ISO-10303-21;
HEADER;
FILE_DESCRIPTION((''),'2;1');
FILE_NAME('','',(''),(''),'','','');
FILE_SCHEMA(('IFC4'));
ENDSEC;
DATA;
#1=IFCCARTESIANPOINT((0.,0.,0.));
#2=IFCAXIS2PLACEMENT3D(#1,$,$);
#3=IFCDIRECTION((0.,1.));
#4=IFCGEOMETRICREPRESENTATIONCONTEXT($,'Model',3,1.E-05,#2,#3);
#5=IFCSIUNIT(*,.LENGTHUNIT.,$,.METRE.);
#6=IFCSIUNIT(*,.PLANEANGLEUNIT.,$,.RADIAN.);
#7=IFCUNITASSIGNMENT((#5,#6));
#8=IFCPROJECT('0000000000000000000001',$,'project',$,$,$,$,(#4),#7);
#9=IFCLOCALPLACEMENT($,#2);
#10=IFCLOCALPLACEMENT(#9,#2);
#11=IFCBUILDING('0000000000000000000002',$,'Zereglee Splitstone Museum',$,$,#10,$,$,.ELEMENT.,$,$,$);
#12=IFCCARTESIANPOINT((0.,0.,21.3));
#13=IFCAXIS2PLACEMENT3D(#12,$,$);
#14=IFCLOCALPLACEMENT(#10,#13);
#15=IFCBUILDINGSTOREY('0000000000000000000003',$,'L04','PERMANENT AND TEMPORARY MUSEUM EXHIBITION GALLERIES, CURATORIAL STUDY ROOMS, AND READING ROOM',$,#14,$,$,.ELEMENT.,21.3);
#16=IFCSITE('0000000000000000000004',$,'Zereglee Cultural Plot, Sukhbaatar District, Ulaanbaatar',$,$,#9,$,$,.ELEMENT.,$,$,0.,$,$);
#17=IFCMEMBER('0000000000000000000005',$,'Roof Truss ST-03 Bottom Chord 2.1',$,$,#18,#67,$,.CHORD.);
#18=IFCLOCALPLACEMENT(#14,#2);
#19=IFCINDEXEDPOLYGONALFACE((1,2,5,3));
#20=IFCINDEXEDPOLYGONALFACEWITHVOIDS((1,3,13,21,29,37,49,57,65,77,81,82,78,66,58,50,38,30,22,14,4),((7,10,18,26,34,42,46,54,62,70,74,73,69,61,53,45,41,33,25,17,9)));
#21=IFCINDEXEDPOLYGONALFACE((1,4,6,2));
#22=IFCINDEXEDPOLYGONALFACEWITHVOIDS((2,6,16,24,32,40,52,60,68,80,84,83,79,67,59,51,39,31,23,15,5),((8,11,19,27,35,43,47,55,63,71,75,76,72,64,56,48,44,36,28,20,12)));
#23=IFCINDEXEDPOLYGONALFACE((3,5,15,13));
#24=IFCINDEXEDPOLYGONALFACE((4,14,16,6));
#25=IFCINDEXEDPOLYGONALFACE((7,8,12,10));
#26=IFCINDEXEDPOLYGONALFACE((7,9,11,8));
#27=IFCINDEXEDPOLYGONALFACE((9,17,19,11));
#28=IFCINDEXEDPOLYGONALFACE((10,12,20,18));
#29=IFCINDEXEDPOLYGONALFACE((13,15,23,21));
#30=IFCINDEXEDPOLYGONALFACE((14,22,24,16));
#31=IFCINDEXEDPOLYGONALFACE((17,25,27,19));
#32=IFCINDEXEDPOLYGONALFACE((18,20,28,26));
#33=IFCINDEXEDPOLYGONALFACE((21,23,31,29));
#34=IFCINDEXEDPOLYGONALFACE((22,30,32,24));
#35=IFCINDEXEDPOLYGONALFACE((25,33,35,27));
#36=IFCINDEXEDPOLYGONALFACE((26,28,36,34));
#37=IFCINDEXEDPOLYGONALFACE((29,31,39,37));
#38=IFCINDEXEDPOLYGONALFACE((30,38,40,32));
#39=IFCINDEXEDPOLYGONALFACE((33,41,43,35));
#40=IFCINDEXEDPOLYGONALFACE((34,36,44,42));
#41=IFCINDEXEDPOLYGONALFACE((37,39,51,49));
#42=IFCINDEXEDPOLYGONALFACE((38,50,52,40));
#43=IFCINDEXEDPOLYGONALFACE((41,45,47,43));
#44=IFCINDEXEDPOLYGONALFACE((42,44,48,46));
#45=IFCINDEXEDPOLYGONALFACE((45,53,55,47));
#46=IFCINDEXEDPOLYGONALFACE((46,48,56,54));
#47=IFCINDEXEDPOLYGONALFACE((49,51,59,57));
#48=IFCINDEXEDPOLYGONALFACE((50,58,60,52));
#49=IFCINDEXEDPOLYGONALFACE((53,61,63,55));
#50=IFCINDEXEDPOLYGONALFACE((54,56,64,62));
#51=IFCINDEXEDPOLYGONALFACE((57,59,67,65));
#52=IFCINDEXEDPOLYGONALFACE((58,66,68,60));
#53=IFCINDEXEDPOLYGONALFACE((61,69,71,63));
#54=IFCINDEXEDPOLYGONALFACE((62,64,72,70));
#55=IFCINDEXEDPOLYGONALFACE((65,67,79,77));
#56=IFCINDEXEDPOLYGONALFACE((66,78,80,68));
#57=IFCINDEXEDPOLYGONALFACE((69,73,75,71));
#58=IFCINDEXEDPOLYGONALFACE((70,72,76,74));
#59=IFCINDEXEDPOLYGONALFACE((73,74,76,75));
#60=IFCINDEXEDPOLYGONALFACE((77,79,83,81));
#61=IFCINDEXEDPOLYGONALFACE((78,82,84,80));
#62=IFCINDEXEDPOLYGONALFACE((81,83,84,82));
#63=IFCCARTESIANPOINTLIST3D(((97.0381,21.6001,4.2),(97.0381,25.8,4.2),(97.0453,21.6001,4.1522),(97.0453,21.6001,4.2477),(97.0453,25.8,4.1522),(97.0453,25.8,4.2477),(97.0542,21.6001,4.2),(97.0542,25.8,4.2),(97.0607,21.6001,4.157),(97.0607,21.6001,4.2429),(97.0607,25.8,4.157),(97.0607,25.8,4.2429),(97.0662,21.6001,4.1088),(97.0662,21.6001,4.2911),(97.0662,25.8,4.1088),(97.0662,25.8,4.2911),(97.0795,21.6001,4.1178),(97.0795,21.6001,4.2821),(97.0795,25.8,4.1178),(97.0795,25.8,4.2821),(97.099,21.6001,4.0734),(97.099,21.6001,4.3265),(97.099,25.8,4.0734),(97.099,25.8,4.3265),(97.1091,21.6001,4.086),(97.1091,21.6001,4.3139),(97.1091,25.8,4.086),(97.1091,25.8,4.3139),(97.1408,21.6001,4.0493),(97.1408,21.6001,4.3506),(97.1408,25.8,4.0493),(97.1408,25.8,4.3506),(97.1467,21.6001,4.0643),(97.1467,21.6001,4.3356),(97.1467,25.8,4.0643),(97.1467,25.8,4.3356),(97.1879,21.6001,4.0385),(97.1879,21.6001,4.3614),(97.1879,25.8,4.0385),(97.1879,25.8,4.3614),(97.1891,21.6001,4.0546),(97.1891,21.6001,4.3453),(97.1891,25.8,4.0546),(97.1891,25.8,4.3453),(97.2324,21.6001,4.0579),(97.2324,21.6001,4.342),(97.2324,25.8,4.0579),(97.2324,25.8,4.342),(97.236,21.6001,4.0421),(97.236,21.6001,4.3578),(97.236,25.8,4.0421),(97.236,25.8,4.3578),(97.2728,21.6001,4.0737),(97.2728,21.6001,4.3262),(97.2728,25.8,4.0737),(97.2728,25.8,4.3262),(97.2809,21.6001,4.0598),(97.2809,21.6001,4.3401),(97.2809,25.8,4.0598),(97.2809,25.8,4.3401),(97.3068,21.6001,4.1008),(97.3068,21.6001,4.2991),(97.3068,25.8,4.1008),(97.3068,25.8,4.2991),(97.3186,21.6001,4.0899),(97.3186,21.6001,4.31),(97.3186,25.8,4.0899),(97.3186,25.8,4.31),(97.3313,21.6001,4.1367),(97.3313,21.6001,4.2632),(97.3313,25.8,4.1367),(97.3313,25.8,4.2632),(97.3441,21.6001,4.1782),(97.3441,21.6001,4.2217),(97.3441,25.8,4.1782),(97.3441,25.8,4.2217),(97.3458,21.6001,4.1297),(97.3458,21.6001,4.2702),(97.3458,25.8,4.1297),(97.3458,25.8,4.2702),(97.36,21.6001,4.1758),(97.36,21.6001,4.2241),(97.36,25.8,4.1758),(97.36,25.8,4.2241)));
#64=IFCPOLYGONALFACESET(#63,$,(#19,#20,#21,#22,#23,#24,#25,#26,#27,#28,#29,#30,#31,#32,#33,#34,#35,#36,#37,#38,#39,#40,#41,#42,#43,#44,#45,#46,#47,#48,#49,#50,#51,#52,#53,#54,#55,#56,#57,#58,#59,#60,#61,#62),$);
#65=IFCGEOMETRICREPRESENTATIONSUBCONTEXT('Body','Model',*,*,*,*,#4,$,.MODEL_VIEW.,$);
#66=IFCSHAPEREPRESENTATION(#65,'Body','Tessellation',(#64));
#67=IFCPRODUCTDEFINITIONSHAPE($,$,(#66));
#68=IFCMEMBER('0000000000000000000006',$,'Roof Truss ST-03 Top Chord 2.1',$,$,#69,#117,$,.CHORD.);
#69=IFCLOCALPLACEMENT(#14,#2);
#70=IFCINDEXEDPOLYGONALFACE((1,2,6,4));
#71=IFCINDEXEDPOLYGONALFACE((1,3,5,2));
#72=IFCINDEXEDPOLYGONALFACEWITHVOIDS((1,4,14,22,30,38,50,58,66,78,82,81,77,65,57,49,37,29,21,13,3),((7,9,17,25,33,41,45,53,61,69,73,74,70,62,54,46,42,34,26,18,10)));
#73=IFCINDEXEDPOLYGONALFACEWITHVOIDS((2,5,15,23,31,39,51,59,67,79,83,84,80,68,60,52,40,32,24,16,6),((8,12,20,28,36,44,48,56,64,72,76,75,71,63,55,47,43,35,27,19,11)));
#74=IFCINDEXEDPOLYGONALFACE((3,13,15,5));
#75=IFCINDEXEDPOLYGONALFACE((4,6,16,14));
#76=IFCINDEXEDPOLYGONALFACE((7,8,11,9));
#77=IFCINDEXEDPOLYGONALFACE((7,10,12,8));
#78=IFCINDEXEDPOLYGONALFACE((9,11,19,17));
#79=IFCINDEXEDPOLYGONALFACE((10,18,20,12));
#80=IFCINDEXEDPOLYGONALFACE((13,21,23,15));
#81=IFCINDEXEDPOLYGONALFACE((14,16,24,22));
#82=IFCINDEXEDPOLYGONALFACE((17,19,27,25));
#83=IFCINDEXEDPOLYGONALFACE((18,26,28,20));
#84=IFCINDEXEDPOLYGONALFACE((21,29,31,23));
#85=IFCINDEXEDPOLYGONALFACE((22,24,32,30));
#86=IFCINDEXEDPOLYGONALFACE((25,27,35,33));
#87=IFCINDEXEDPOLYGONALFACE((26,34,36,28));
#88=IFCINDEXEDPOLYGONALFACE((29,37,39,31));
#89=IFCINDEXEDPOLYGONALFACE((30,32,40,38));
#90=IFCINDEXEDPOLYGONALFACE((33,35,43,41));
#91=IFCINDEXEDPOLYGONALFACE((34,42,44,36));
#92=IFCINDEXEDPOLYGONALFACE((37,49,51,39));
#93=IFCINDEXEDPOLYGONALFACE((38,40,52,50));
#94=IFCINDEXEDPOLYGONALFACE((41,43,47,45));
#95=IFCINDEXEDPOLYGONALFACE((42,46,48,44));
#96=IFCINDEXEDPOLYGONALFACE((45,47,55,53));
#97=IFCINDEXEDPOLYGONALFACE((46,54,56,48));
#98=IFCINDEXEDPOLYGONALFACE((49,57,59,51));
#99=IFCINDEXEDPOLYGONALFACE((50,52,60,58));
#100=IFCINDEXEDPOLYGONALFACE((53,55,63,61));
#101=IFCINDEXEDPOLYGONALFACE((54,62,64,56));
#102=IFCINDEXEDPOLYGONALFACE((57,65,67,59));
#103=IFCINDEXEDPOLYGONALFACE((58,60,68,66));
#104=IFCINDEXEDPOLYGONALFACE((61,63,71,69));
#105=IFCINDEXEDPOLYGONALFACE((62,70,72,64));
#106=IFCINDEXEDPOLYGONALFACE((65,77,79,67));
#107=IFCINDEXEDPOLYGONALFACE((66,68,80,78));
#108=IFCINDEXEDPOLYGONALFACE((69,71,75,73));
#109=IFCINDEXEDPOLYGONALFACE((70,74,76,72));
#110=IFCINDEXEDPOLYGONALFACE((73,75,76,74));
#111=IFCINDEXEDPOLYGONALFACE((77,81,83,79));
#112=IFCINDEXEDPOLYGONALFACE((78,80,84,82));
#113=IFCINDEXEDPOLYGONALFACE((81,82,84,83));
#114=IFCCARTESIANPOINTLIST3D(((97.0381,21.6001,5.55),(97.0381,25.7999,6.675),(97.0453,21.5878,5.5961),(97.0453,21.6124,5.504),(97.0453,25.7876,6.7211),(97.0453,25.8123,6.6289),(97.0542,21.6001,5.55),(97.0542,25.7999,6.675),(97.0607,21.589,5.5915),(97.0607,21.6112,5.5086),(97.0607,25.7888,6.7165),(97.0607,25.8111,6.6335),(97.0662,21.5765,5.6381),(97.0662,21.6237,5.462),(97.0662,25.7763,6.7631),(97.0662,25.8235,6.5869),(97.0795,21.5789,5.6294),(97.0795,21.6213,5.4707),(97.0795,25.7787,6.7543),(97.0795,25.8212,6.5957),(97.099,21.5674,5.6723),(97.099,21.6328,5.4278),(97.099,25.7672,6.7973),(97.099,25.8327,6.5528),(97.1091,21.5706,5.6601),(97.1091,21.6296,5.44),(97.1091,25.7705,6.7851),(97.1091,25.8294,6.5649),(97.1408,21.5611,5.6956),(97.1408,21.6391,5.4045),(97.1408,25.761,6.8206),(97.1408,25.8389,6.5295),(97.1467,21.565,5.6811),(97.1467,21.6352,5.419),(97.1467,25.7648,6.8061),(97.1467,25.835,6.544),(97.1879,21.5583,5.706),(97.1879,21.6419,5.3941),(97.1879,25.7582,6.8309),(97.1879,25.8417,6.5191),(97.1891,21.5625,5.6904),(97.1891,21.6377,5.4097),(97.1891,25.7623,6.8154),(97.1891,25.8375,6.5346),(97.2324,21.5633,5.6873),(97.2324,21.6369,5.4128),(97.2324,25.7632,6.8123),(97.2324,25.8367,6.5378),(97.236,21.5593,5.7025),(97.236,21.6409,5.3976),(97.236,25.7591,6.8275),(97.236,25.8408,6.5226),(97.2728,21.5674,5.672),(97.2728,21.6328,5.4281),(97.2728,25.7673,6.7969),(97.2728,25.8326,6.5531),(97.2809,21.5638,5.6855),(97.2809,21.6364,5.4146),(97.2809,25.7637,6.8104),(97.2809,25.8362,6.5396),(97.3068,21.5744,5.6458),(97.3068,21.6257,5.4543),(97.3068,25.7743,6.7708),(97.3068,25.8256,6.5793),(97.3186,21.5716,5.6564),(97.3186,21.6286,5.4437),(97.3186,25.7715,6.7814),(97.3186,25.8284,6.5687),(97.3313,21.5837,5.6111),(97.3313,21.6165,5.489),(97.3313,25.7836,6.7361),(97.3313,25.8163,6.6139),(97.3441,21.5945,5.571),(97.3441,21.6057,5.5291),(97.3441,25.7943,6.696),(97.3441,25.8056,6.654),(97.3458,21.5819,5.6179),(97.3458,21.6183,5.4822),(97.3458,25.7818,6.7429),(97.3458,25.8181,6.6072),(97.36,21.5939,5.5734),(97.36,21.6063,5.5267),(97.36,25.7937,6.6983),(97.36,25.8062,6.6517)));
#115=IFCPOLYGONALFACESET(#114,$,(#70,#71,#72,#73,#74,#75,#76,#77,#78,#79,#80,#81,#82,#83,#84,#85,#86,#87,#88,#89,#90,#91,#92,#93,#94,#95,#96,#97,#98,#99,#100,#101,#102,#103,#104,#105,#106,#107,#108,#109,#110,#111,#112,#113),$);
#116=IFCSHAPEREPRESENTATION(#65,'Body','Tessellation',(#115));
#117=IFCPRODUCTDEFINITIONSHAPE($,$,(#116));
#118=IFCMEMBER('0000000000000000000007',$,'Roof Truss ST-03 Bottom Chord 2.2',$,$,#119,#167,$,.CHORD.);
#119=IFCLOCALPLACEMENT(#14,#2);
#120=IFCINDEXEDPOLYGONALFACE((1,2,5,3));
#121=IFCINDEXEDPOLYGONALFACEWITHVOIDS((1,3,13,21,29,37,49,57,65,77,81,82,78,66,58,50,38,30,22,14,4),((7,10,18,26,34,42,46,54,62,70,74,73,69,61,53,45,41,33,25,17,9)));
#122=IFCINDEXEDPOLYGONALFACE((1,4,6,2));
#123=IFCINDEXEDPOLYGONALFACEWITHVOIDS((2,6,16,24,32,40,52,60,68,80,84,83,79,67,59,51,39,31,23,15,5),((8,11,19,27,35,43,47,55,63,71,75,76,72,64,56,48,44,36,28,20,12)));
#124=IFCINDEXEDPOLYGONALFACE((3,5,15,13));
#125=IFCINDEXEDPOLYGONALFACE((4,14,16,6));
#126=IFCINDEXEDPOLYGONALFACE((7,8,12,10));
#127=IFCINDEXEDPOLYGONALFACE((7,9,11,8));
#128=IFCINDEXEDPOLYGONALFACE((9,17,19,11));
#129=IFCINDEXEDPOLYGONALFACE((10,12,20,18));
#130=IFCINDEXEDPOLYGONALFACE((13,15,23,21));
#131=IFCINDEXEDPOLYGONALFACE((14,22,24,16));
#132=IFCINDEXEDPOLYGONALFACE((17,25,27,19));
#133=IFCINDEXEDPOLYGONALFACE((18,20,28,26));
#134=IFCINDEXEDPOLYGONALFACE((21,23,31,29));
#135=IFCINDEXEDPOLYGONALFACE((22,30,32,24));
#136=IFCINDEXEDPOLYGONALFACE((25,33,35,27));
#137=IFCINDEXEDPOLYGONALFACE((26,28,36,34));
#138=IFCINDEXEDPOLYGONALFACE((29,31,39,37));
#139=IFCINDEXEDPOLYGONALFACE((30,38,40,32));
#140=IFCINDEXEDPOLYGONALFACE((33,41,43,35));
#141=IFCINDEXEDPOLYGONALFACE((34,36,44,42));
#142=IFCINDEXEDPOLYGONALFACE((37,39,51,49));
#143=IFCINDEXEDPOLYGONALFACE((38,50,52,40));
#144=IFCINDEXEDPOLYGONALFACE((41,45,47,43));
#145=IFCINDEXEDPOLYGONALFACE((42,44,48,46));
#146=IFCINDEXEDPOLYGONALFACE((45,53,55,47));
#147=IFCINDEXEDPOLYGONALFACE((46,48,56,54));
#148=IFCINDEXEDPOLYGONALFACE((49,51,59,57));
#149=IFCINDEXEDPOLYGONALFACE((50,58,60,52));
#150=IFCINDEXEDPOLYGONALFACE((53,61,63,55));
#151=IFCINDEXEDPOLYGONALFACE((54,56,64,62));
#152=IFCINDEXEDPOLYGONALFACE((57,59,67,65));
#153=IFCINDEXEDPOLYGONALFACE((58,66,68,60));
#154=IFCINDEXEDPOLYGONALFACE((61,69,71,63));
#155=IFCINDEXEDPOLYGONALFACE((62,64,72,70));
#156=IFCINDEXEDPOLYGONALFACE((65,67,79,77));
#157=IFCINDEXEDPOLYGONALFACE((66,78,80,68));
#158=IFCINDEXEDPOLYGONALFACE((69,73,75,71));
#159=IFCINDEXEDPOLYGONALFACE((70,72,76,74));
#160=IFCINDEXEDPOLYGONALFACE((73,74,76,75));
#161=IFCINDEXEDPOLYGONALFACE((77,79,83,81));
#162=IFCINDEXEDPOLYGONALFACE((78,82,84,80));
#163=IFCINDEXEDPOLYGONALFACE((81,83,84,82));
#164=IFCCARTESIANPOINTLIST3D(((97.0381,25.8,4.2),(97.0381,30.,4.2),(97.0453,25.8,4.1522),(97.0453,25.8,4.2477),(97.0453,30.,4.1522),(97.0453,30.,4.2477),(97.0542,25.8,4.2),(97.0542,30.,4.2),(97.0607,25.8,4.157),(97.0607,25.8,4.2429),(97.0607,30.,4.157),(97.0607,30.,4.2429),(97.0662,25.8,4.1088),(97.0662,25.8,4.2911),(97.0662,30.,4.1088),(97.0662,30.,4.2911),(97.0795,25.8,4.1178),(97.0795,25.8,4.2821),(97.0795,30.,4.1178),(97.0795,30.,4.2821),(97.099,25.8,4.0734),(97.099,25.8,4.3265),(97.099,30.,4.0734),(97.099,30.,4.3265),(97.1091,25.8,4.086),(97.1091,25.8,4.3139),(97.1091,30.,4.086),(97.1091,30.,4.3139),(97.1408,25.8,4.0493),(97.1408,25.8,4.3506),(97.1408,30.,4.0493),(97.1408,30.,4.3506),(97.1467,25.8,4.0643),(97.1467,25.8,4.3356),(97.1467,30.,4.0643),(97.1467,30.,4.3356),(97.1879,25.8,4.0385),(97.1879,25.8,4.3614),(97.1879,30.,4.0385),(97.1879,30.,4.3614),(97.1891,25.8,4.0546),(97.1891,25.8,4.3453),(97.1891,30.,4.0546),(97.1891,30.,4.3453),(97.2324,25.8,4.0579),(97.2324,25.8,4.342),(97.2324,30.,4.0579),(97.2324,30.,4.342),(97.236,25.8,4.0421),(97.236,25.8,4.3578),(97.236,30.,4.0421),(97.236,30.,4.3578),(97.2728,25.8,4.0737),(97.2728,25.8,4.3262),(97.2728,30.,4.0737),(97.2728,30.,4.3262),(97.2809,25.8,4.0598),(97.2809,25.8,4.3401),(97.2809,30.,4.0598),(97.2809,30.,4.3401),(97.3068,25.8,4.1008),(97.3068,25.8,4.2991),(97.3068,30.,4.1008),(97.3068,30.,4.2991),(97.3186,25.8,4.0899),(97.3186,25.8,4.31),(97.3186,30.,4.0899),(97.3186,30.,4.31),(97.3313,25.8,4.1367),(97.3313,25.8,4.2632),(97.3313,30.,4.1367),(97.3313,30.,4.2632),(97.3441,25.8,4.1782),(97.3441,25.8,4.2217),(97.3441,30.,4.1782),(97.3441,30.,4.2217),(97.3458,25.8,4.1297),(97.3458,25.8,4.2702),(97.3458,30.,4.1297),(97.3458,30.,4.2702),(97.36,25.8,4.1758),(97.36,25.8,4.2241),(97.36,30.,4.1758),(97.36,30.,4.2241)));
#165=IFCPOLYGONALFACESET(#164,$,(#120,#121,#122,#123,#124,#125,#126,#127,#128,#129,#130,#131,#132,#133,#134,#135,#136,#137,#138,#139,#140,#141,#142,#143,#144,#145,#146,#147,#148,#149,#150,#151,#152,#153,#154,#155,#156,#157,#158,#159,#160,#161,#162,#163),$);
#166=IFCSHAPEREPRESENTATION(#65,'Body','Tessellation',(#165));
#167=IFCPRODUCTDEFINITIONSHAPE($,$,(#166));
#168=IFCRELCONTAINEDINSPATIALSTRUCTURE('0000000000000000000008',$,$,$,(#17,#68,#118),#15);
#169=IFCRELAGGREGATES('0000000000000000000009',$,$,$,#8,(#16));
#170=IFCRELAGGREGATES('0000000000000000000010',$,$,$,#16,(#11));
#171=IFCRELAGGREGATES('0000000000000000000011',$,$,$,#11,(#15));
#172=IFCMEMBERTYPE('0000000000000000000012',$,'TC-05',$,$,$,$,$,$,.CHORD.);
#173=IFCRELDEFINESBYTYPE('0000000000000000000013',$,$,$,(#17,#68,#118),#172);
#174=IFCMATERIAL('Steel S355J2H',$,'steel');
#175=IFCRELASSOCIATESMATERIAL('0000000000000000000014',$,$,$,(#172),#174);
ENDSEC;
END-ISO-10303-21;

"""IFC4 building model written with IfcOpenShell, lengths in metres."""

from ifc_helpers import new_model, si_unit, direction, frame, origin, origin_2d, place, context, subcontext, project, spatial, hollow_circle, extrude, material, material_profile, profile_set, type_object, element, save


model = new_model("IFC4")

# Units and contexts
model_context = context("Model", 3, precision=1e-05, world=origin(), true_north=direction((0.0, 1.0)))
body_context = subcontext(model_context, "Body", "Model", "MODEL_VIEW")
ifc_project = project(units=[si_unit("LENGTHUNIT", "METRE"), si_unit("PLANEANGLEUNIT", "RADIAN")], contexts=[model_context])

# Site, building, storey
site_placement = place(None, origin())
site = spatial("IfcSite", under=ifc_project, at=site_placement, Name="Zereglee Cultural Plot, Sukhbaatar District, Ulaanbaatar", CompositionType="ELEMENT", RefElevation=0.0)
building_placement = place(site_placement, origin())
building = spatial("IfcBuilding", under=site, at=building_placement, Name="Zereglee Splitstone Museum", CompositionType="ELEMENT")
storey_placement = place(building_placement, frame((0.0, 0.0, 21.3)))
storey = spatial("IfcBuildingStorey", under=building, at=storey_placement, Name="L04", Description="PERMANENT AND TEMPORARY MUSEUM EXHIBITION GALLERIES, CURATORIAL STUDY ROOMS, AND READING ROOM", CompositionType="ELEMENT", Elevation=21.3)

# Members
ifc_material_1 = material(Name="Steel S355J2H", Category="steel")
ifc_material_profile_1 = material_profile(ifc_material_1, hollow_circle(Radius=0.1619, WallThickness=0.0161, at=origin_2d()), Name="CHS 323.9x16")
ifc_profile_set_1 = profile_set([ifc_material_profile_1], Name="Steel S355J2H")
member_type_1 = type_object("IfcMemberType", Name="TC-05", PredefinedType="CHORD", material=ifc_profile_set_1)
member_1_placement = place(storey_placement, frame((97.2, 21.6001, 4.2), z_axis=(0.0, 1.0, 0.0), x_axis=(-1.0, 0.0, 0.0)))
element("IfcMember", 1, at=member_1_placement, inside=storey, type_object=member_type_1, Name="Roof Truss ST-03 Bottom Chord 2.1", PredefinedType="CHORD", context=body_context, shape_type="SweptSolid", body=[
    extrude(hollow_circle(Radius=0.1619, WallThickness=0.0161, at=origin_2d()), origin(), (0.0, 0.0, 1.0), 4.2),
])
member_2_placement = place(storey_placement, frame((97.2, 21.6001, 5.55), z_axis=(0.0, 0.965947, 0.258739), x_axis=(-1.0, 0.0, 0.0)))
element("IfcMember", 2, at=member_2_placement, inside=storey, type_object=member_type_1, Name="Roof Truss ST-03 Top Chord 2.1", PredefinedType="CHORD", context=body_context, shape_type="SweptSolid", body=[
    extrude(hollow_circle(Radius=0.1619, WallThickness=0.0161, at=origin_2d()), origin(), (0.0, 0.0, 1.0), 4.3479),
])
member_3_placement = place(storey_placement, frame((97.2, 25.8, 4.2), z_axis=(0.0, 1.0, 0.0), x_axis=(-1.0, 0.0, 0.0)))
element("IfcMember", 3, at=member_3_placement, inside=storey, type_object=member_type_1, Name="Roof Truss ST-03 Bottom Chord 2.2", PredefinedType="CHORD", context=body_context, shape_type="SweptSolid", body=[
    extrude(hollow_circle(Radius=0.1619, WallThickness=0.0161, at=origin_2d()), origin(), (0.0, 0.0, 1.0), 4.2),
])

save(model, "model.ifc")
